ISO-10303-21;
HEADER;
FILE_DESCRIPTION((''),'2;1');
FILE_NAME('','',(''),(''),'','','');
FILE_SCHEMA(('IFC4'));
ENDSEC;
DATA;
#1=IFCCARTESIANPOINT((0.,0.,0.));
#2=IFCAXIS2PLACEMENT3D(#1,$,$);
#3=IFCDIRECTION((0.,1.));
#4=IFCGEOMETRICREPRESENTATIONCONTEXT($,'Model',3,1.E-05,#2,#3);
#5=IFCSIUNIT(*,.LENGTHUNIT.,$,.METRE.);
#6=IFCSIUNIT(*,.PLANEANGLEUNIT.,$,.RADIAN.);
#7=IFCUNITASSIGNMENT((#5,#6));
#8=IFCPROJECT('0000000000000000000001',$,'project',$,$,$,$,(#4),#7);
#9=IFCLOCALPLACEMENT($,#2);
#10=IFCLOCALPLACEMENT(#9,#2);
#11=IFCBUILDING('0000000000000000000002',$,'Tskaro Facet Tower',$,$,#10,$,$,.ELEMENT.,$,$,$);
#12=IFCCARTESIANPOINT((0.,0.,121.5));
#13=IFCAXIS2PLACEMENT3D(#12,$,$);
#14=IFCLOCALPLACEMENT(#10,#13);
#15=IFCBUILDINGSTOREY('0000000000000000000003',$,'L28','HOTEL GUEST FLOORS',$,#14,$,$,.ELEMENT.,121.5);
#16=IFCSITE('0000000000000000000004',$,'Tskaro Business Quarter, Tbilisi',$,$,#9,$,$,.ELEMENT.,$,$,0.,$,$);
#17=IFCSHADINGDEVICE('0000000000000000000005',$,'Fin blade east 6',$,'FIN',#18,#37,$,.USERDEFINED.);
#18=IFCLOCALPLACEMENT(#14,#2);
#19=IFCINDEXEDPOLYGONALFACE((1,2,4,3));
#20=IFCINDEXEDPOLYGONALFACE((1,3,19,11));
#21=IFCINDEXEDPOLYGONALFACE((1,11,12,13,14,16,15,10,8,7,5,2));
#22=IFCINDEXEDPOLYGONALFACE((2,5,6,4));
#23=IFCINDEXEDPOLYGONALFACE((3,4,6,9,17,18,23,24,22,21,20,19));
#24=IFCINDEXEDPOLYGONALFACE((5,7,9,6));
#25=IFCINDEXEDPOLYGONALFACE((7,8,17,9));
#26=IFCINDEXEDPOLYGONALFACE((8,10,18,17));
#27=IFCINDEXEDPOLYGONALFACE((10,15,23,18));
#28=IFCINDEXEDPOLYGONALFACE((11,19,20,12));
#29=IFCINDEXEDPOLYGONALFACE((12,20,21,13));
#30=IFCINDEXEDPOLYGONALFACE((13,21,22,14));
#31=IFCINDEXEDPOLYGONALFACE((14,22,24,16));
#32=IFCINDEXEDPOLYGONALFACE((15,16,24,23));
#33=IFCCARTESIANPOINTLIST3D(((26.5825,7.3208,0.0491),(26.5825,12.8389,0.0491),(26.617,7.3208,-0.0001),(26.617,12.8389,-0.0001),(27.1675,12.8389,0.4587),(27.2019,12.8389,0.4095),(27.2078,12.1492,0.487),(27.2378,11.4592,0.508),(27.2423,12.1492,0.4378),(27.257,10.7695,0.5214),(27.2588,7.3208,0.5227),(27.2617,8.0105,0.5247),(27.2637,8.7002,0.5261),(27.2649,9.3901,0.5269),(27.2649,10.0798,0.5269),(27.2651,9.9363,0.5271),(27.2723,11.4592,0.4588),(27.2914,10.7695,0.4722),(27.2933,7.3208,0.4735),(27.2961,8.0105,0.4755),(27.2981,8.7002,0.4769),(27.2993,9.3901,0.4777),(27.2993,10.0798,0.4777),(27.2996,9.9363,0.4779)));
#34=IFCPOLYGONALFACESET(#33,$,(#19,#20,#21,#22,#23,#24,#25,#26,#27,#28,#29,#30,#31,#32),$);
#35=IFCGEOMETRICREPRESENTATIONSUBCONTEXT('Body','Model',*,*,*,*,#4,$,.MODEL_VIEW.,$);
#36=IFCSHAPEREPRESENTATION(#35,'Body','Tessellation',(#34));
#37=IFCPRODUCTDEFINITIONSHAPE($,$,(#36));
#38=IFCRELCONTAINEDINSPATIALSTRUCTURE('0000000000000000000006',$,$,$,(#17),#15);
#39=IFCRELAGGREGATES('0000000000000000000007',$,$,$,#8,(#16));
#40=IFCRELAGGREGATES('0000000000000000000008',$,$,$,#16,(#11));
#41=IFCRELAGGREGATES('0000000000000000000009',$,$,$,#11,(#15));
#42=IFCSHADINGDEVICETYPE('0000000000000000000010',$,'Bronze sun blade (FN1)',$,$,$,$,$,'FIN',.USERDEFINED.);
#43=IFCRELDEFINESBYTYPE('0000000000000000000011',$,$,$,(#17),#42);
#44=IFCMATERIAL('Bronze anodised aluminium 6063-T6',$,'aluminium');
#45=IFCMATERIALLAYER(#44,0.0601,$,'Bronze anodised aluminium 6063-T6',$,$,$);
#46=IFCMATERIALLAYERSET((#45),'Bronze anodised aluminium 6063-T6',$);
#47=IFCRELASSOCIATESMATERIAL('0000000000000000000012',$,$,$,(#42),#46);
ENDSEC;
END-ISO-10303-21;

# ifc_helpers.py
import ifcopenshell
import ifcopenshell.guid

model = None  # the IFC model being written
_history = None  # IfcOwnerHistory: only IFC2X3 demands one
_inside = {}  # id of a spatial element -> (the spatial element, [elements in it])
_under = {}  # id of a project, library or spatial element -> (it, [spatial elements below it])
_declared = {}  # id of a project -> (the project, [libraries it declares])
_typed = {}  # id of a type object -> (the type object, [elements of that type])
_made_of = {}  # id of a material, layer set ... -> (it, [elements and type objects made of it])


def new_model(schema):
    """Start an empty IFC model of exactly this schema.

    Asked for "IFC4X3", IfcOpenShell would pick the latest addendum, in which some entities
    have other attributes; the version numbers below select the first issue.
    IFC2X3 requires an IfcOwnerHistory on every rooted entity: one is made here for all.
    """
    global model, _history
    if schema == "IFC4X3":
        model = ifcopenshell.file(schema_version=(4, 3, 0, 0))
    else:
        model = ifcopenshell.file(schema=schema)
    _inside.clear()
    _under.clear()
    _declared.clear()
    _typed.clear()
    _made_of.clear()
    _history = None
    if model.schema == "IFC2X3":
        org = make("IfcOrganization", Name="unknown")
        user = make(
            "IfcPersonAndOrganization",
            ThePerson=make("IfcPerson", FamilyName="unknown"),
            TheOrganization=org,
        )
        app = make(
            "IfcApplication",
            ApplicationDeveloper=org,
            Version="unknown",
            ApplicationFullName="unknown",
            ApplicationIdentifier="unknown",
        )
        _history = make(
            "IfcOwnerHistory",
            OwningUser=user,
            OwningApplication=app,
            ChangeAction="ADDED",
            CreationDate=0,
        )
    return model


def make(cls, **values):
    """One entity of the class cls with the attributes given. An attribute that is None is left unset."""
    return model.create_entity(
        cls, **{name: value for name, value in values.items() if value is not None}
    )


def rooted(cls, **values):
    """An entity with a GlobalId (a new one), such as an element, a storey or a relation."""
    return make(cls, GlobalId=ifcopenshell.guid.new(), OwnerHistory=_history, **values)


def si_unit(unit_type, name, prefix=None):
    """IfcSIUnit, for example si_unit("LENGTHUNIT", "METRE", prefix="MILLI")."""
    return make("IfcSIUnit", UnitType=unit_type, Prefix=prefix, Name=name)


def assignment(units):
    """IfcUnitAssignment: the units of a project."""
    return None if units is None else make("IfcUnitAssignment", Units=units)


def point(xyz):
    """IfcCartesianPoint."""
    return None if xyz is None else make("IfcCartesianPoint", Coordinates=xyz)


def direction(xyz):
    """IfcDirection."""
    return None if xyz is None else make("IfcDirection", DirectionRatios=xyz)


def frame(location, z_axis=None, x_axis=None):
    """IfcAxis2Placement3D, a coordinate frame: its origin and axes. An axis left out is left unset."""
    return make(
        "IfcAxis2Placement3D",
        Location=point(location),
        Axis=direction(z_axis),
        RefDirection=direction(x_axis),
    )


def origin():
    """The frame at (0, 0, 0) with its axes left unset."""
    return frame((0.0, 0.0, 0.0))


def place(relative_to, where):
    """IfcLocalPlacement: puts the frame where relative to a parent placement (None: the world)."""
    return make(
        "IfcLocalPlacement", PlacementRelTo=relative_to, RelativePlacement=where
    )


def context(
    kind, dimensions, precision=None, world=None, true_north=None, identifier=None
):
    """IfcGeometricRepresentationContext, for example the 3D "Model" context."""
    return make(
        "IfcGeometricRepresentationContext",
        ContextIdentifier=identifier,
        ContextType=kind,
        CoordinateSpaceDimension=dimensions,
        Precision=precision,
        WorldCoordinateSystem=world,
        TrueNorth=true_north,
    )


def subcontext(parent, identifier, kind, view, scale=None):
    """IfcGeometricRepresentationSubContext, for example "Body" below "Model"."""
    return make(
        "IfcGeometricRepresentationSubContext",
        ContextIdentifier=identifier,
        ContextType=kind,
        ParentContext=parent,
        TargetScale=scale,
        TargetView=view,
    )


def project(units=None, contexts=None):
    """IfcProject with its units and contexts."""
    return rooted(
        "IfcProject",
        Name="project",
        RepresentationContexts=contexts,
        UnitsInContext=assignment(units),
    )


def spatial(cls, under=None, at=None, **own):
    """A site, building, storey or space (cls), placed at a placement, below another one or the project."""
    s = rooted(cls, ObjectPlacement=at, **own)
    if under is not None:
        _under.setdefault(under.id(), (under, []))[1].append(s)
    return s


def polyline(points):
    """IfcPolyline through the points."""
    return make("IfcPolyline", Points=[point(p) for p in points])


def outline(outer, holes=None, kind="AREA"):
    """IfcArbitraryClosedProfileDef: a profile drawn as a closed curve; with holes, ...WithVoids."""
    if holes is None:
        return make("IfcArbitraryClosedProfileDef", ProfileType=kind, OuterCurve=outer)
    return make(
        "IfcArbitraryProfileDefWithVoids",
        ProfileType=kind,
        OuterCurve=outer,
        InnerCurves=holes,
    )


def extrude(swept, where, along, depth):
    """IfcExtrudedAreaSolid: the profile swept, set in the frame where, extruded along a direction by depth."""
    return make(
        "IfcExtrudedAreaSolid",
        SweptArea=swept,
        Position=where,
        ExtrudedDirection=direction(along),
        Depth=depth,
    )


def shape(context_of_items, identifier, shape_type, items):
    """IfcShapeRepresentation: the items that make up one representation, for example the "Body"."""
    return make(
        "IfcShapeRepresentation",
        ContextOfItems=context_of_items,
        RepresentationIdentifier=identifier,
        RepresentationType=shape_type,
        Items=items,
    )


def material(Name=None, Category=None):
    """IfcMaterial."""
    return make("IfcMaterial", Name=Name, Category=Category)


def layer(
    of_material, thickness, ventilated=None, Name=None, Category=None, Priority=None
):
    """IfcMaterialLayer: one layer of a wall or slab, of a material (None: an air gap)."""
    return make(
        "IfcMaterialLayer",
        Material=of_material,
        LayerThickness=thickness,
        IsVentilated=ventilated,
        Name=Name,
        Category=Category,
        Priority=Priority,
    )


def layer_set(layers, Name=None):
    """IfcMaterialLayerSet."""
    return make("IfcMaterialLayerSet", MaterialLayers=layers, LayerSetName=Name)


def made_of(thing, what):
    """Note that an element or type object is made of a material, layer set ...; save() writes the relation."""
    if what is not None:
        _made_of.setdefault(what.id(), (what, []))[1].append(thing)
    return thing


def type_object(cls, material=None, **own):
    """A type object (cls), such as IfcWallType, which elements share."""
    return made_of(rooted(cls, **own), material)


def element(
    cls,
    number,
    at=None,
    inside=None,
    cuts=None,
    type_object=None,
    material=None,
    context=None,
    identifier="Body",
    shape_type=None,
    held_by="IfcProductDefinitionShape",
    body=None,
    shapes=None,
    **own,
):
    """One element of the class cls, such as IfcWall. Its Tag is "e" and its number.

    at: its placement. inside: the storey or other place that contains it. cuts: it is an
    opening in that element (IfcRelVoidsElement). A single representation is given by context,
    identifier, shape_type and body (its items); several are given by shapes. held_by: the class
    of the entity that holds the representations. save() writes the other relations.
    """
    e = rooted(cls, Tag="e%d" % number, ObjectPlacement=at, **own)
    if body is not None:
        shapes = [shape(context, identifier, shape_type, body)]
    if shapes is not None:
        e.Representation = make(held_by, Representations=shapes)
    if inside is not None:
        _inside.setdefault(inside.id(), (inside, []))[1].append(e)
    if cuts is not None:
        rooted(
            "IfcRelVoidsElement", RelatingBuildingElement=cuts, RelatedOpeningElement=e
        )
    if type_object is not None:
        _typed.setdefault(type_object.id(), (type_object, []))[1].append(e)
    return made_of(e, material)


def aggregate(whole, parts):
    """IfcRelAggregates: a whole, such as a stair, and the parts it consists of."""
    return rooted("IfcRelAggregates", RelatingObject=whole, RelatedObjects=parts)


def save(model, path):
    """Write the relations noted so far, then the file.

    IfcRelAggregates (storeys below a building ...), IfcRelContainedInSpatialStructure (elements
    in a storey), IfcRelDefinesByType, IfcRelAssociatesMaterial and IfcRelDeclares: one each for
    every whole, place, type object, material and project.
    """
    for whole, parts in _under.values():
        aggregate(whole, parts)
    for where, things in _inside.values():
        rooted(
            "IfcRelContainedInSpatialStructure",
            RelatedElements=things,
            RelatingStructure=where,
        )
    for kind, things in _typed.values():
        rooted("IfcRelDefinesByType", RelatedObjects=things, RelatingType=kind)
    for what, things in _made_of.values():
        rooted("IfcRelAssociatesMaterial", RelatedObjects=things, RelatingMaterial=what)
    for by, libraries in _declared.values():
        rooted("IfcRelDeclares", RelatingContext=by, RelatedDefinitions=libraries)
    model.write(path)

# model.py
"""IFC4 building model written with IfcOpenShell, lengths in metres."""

from ifc_helpers import new_model, si_unit, direction, frame, origin, place, context, subcontext, project, spatial, polyline, outline, extrude, material, layer, layer_set, type_object, element, save


model = new_model("IFC4")

# Units and contexts
model_context = context("Model", 3, precision=1e-05, world=origin(), true_north=direction((0.0, 1.0)))
body_context = subcontext(model_context, "Body", "Model", "MODEL_VIEW")
ifc_project = project(units=[si_unit("LENGTHUNIT", "METRE"), si_unit("PLANEANGLEUNIT", "RADIAN")], contexts=[model_context])

# Site, building, storey
site_placement = place(None, origin())
site = spatial("IfcSite", under=ifc_project, at=site_placement, Name="Tskaro Business Quarter, Tbilisi", CompositionType="ELEMENT", RefElevation=0.0)
building_placement = place(site_placement, origin())
building = spatial("IfcBuilding", under=site, at=building_placement, Name="Tskaro Facet Tower", CompositionType="ELEMENT")
storey_placement = place(building_placement, frame((0.0, 0.0, 121.5)))
storey = spatial("IfcBuildingStorey", under=building, at=storey_placement, Name="L28", Description="HOTEL GUEST FLOORS", CompositionType="ELEMENT", Elevation=121.5)

# Shared definitions
ifc_material_1 = material(Name="Bronze anodised aluminium 6063-T6", Category="aluminium")

# Shading device
ifc_layer_1 = layer(ifc_material_1, 0.0601, Name="Bronze anodised aluminium 6063-T6")
ifc_layer_set_1 = layer_set([ifc_layer_1], Name="Bronze anodised aluminium 6063-T6")
shading_device_type = type_object("IfcShadingDeviceType", Name="Bronze sun blade (FN1)", ElementType="FIN", PredefinedType="USERDEFINED", material=ifc_layer_set_1)
shading_device_1_placement = place(storey_placement, frame((26.5825, 7.3208, 0.0491), z_axis=(-0.573615, 0.000001, 0.819125), x_axis=(0.000001, 1.0, -0.000001)))
element("IfcShadingDevice", 1, at=shading_device_1_placement, inside=storey, type_object=shading_device_type, Name="Fin blade east 6", ObjectType="FIN", PredefinedType="USERDEFINED", context=body_context, shape_type="SweptSolid", body=[
    extrude(outline(polyline([(0.0, 0.0), (5.5181, 0.0), (5.5181, -0.7141), (4.8284, -0.7634), (4.1384, -0.8), (3.4487, -0.8234), (2.759, -0.833), (2.6155, -0.8334), (2.0693, -0.833), (1.3794, -0.8316), (0.6897, -0.8292), (0.0, -0.8256), (0.0, 0.0)])), origin(), (0.0, 0.0, -1.0), 0.0601),
])

save(model, "model.ifc")
